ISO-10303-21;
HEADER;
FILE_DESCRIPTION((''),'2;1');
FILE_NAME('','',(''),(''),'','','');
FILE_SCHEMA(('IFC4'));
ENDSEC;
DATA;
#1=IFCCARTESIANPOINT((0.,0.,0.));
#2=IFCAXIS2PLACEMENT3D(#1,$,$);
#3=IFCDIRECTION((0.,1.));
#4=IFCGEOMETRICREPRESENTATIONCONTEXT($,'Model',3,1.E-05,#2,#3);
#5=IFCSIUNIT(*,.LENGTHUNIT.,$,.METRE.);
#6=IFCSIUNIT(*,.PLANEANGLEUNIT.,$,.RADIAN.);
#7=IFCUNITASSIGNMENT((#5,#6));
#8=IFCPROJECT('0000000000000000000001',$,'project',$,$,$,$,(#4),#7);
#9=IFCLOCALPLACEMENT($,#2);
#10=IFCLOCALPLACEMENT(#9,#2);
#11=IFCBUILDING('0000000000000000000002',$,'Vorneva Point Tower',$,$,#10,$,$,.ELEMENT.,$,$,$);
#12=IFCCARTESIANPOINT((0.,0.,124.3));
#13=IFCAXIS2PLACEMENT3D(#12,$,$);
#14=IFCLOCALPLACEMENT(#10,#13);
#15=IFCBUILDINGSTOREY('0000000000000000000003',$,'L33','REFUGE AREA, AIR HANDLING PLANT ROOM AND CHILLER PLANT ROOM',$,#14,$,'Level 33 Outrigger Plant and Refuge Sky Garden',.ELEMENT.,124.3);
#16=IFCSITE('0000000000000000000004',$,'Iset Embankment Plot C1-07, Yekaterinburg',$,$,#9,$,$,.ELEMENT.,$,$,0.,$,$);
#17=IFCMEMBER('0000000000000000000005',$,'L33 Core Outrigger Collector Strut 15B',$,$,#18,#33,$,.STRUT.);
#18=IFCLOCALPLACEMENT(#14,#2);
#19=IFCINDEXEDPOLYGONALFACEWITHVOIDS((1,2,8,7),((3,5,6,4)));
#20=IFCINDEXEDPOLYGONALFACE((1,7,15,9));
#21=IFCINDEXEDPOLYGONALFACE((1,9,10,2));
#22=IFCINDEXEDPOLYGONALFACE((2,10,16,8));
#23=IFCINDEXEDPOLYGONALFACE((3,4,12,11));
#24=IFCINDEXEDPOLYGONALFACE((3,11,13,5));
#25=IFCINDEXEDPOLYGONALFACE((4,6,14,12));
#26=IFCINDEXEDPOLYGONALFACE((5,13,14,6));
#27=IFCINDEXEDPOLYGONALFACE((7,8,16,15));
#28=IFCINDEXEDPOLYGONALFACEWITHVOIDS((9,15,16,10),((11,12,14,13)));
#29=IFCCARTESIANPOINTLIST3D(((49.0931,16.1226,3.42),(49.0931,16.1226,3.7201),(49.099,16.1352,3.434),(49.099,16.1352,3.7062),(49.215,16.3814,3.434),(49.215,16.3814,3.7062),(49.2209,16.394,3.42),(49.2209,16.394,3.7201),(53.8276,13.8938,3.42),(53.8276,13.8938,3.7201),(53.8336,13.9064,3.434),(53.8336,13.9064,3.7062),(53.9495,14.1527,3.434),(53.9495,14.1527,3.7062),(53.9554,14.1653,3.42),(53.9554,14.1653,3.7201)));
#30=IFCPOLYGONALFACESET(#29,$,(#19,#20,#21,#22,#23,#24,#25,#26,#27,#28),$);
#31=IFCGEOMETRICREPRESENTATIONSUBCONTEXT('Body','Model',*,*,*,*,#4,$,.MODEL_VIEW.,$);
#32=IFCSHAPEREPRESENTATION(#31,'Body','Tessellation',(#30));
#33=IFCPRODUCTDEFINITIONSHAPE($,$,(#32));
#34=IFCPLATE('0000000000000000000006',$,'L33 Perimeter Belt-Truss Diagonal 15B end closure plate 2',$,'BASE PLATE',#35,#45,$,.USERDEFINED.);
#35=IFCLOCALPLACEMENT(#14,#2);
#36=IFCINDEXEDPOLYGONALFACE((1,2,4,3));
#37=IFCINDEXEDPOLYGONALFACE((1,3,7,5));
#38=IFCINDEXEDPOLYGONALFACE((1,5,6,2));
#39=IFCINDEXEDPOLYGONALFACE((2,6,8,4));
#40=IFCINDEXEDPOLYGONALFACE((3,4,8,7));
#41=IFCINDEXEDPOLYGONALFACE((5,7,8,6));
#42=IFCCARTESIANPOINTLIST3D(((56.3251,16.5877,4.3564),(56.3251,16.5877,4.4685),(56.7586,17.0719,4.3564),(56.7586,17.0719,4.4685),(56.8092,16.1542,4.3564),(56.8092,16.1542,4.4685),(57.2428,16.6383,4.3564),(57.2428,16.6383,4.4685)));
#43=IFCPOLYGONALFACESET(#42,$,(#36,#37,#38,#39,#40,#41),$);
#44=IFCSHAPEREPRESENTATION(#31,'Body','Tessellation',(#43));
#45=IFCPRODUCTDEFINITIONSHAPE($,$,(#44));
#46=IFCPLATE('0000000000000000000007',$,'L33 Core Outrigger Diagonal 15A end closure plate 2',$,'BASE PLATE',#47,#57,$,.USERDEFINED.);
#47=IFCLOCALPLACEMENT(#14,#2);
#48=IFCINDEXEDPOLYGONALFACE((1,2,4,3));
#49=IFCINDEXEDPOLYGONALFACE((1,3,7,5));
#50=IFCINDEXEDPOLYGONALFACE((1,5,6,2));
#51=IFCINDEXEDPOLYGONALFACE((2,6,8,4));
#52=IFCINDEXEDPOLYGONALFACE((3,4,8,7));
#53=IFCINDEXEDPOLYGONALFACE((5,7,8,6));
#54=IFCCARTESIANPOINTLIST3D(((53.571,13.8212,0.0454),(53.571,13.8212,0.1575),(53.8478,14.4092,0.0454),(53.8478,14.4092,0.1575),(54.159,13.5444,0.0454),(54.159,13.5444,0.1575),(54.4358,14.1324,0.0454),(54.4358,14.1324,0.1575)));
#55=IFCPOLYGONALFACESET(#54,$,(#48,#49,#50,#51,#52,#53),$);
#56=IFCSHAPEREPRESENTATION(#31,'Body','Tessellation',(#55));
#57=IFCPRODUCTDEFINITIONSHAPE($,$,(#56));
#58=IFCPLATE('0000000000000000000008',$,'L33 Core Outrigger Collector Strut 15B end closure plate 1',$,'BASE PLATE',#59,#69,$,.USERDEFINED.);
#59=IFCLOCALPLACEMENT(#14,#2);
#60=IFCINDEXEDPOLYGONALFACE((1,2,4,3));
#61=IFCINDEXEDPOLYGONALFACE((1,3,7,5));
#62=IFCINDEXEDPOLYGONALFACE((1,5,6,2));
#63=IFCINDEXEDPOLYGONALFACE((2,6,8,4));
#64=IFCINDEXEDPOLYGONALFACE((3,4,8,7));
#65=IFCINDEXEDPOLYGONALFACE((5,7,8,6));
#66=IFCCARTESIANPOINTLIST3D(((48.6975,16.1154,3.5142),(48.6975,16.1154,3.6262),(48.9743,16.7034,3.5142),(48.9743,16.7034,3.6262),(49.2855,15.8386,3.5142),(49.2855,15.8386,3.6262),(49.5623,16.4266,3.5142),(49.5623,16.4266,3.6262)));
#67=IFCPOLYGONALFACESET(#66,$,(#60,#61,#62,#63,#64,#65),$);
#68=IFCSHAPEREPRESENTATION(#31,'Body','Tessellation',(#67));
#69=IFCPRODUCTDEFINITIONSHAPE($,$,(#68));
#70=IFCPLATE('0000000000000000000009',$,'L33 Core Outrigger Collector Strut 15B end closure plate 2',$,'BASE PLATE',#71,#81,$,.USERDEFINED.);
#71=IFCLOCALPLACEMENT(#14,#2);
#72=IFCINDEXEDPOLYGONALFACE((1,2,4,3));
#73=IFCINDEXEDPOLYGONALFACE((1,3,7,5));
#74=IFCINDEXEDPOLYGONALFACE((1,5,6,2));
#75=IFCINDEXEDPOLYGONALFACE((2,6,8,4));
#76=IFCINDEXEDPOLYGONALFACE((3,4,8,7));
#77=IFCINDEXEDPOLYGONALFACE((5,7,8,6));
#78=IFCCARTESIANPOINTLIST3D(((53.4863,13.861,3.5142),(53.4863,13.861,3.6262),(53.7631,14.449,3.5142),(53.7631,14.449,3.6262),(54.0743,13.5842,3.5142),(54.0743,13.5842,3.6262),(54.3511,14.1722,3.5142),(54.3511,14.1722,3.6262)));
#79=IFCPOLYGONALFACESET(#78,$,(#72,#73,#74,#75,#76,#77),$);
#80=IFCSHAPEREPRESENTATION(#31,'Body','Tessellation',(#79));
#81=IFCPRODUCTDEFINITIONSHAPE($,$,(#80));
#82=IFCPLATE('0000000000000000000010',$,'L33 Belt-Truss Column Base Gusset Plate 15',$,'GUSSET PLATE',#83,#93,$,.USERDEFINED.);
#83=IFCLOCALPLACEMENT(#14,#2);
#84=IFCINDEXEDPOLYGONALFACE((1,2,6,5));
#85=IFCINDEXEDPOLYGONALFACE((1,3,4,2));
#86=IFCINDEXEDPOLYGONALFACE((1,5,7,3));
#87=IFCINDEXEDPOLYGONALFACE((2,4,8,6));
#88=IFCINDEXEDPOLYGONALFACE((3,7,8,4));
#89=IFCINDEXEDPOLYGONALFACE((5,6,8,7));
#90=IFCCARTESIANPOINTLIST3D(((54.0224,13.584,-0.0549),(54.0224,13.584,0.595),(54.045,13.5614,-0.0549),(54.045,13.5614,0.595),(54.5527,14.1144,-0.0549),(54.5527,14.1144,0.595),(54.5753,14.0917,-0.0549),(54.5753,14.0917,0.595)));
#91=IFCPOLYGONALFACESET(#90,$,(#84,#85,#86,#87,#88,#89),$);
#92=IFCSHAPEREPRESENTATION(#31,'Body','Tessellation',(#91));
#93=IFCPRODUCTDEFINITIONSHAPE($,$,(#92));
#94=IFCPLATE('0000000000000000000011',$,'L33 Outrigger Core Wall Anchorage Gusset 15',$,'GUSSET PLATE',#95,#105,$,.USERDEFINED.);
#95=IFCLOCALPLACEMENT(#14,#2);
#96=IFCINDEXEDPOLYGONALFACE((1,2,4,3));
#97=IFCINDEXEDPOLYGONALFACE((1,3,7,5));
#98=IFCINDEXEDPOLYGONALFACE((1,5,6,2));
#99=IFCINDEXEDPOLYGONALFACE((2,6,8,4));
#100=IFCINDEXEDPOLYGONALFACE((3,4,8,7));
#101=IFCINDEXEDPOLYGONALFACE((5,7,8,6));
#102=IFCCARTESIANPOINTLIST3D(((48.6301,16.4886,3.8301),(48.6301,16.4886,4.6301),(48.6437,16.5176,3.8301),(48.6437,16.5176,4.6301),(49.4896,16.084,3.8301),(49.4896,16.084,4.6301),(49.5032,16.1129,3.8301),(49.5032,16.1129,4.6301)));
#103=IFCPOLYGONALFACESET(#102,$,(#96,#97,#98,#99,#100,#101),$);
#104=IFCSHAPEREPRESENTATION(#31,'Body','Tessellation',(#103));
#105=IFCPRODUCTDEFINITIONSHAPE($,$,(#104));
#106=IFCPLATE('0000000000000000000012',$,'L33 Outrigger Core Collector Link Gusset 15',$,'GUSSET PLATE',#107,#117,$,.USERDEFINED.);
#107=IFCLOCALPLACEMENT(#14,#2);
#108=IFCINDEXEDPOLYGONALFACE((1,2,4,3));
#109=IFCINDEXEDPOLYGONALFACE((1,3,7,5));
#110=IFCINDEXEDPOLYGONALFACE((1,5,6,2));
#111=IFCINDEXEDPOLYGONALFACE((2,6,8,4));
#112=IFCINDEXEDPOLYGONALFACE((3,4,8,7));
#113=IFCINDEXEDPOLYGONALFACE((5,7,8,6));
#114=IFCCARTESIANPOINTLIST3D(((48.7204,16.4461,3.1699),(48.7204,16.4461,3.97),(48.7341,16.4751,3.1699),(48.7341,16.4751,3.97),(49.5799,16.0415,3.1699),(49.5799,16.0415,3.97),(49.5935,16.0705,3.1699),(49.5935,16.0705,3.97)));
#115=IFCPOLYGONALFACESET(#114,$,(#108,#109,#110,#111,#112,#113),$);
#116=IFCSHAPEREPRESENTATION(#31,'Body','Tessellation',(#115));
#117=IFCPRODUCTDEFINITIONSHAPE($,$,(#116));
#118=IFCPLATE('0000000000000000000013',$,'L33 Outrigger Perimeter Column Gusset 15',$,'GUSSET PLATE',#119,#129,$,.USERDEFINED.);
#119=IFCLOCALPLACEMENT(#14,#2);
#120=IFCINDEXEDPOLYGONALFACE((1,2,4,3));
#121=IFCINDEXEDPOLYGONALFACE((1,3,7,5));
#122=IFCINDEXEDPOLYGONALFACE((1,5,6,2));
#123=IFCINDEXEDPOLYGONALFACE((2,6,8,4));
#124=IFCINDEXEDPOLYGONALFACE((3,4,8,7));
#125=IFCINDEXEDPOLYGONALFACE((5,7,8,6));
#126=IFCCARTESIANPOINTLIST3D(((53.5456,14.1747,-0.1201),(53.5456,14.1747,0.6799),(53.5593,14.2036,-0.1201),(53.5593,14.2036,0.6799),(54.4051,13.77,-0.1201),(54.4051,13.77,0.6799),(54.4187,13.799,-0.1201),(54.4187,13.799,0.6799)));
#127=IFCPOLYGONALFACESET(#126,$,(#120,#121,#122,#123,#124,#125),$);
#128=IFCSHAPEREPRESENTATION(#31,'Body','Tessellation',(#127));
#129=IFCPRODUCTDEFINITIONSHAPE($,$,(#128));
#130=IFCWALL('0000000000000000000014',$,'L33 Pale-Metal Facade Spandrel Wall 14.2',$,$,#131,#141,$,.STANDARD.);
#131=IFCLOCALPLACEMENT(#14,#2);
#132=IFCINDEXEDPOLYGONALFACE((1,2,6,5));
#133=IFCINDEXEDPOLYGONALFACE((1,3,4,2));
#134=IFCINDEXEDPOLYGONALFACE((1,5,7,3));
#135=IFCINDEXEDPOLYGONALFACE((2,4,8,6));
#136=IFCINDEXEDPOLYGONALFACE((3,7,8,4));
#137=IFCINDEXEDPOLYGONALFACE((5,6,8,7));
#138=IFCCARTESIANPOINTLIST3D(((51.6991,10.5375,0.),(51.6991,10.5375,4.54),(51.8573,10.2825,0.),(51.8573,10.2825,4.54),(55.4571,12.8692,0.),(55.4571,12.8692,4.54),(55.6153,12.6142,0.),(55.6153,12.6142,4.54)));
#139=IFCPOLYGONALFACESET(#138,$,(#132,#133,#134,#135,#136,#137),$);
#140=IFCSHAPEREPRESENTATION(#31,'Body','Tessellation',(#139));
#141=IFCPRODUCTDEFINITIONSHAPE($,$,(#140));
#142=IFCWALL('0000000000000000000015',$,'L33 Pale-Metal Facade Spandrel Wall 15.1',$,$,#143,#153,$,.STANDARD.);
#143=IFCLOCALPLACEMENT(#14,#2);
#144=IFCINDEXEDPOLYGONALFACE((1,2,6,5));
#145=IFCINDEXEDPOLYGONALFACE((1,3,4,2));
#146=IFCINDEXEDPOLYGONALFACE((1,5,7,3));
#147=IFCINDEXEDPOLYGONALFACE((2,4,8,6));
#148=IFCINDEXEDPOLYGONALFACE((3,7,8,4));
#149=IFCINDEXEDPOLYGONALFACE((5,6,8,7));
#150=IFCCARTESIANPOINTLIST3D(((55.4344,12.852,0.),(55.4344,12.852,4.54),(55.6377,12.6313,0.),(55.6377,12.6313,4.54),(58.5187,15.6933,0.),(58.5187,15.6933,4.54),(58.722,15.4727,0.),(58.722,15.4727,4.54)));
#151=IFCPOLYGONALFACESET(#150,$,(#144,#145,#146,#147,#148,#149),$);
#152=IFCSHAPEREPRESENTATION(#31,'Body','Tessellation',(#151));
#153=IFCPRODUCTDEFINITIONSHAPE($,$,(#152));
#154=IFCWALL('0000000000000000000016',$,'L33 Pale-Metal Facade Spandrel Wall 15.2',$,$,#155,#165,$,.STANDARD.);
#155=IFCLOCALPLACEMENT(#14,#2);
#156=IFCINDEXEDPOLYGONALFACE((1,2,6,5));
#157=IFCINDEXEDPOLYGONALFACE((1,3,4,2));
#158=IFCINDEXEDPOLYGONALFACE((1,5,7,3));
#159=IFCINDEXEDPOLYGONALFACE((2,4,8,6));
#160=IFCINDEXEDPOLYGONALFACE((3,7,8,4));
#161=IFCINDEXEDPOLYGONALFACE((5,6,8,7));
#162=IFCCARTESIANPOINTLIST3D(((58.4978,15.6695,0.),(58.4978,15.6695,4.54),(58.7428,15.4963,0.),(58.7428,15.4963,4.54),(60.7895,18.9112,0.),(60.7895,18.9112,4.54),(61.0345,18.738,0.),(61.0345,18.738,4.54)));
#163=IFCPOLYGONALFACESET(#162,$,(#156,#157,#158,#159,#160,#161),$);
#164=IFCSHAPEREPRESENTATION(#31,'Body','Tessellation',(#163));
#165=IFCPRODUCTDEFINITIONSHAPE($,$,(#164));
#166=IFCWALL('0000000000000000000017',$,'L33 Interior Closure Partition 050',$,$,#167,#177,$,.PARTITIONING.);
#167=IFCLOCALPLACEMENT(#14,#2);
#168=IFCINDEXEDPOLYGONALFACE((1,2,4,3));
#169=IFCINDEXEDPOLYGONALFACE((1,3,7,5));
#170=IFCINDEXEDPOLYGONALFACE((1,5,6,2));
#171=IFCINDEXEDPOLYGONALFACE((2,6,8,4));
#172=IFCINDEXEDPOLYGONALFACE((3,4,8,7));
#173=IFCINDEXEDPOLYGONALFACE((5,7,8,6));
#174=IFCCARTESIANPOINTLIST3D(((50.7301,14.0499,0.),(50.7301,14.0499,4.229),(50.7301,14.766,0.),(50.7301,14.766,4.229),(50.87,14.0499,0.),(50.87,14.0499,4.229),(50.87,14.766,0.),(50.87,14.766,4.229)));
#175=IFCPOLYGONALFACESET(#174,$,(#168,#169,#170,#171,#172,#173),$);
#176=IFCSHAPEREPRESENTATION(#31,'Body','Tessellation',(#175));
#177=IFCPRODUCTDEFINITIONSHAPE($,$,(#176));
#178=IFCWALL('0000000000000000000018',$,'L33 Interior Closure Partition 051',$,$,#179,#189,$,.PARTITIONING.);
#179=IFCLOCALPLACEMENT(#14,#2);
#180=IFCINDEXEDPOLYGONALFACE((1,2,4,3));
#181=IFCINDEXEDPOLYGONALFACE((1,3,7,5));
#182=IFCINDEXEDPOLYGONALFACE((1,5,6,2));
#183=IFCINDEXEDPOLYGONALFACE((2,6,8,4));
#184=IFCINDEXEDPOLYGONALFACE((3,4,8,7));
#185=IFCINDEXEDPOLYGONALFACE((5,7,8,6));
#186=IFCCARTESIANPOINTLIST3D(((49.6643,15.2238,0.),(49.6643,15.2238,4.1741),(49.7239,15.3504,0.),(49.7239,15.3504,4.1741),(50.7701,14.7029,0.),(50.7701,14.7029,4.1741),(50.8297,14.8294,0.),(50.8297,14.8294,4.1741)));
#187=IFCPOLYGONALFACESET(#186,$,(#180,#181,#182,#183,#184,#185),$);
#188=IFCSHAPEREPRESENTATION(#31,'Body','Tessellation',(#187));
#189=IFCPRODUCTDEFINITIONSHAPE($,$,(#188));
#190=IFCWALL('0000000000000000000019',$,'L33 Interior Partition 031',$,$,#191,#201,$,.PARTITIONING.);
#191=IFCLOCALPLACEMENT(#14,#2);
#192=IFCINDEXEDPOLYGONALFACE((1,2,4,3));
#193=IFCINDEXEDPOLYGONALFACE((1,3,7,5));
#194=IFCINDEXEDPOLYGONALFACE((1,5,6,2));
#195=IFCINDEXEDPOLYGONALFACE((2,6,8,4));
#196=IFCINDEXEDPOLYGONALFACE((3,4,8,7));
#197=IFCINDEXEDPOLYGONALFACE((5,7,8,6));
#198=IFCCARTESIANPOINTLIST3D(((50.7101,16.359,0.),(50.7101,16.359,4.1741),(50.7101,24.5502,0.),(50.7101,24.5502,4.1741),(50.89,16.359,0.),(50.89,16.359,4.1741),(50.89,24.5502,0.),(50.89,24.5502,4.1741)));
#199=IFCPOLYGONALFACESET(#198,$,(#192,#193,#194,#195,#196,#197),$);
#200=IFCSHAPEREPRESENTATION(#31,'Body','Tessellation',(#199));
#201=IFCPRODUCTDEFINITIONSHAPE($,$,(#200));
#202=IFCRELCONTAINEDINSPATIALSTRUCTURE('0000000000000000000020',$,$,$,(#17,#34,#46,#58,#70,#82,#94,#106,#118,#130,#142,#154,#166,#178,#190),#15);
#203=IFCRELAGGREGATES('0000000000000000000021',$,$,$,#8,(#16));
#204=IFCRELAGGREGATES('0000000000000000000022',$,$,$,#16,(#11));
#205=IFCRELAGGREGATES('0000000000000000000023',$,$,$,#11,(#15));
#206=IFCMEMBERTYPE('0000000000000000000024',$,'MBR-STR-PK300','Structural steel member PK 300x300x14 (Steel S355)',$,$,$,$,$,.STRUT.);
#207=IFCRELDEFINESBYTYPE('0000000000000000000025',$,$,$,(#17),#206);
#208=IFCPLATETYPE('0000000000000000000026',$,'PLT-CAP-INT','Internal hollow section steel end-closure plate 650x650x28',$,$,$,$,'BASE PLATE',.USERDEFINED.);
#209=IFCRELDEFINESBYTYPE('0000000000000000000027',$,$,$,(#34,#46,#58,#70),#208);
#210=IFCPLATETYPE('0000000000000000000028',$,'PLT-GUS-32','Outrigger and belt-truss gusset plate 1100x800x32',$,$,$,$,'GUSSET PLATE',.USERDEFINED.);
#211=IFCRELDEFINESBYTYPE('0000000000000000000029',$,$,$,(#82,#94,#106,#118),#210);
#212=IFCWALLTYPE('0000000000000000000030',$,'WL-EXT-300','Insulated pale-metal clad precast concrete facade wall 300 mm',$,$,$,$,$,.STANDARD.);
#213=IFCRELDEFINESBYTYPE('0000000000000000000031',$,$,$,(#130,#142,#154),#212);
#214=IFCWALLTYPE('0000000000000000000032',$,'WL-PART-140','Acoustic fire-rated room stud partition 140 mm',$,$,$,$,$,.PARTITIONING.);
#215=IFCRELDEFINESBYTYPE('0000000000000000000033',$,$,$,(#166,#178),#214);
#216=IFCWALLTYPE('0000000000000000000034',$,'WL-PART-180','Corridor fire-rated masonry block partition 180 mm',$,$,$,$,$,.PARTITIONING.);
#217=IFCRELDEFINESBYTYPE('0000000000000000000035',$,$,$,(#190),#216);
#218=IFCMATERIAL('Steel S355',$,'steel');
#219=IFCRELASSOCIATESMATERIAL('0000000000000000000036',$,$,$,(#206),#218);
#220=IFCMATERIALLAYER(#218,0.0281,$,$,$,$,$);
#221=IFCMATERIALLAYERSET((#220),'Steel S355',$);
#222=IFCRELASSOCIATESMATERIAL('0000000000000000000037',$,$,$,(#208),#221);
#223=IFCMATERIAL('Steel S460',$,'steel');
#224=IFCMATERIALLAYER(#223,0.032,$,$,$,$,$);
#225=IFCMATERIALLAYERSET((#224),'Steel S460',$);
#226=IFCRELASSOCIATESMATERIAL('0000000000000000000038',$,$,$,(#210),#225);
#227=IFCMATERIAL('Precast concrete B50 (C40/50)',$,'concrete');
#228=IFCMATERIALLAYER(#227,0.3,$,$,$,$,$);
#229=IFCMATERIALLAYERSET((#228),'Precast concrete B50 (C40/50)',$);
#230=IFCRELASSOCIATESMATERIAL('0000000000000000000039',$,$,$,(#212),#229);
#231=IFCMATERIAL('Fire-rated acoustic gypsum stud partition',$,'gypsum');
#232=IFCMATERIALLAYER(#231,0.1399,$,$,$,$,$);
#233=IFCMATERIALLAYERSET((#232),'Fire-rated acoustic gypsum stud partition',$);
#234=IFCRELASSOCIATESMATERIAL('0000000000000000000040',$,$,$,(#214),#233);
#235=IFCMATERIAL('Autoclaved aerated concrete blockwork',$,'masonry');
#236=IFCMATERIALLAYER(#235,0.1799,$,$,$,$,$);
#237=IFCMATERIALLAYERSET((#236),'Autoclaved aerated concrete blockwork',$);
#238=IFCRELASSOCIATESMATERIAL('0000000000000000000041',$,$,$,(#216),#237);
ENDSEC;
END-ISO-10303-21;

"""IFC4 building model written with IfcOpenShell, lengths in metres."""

from ifc_helpers import new_model, si_unit, direction, frame, frame_2d, origin, origin_2d, place, context, subcontext, project, spatial, rectangle, hollow_rectangle, extrude, material, layer, layer_set, material_profile, profile_set, type_object, element, save


model = new_model("IFC4")

# Units and contexts
model_context = context("Model", 3, precision=1e-05, world=origin(), true_north=direction((0.0, 1.0)))
body_context = subcontext(model_context, "Body", "Model", "MODEL_VIEW")
ifc_project = project(units=[si_unit("LENGTHUNIT", "METRE"), si_unit("PLANEANGLEUNIT", "RADIAN")], contexts=[model_context])

# Site, building, storey
site_placement = place(None, origin())
site = spatial("IfcSite", under=ifc_project, at=site_placement, Name="Iset Embankment Plot C1-07, Yekaterinburg", CompositionType="ELEMENT", RefElevation=0.0)
building_placement = place(site_placement, origin())
building = spatial("IfcBuilding", under=site, at=building_placement, Name="Vorneva Point Tower", CompositionType="ELEMENT")
storey_placement = place(building_placement, frame((0.0, 0.0, 124.3)))
storey = spatial("IfcBuildingStorey", under=building, at=storey_placement, Name="L33", Description="REFUGE AREA, AIR HANDLING PLANT ROOM AND CHILLER PLANT ROOM", LongName="Level 33 Outrigger Plant and Refuge Sky Garden", CompositionType="ELEMENT", Elevation=124.3)

# Shared definitions
ifc_material_1 = material(Name="Steel S460", Category="steel")
ifc_material_2 = material(Name="Steel S355", Category="steel")

# Member
ifc_material_profile_1 = material_profile(ifc_material_2, hollow_rectangle(XDim=0.3, YDim=0.3, WallThickness=0.0139, at=origin_2d()), Name="PK 300x300x14")
ifc_profile_set_1 = profile_set([ifc_material_profile_1], Name="Steel S355")
member_type_1 = type_object("IfcMemberType", Name="MBR-STR-PK300", Description="Structural steel member PK 300x300x14 (Steel S355)", PredefinedType="STRUT", material=ifc_profile_set_1)
member_1_placement = place(storey_placement, frame((49.157, 16.2583, 3.5701), z_axis=(0.904767, -0.425907, 0.0), x_axis=(0.425907, 0.904767, 0.0)))
element("IfcMember", 1, at=member_1_placement, inside=storey, type_object=member_type_1, Name="L33 Core Outrigger Collector Strut 15B", PredefinedType="STRUT", context=body_context, shape_type="SweptSolid", body=[
    extrude(hollow_rectangle(XDim=0.3, YDim=0.3, WallThickness=0.0139, at=origin_2d()), origin(), (0.0, 0.0, 1.0), 5.2329),
])

# Plates
ifc_layer_1 = layer(ifc_material_2, 0.0281)
ifc_layer_set_1 = layer_set([ifc_layer_1], Name="Steel S355")
plate_type_1 = type_object("IfcPlateType", Name="PLT-CAP-INT", Description="Internal hollow section steel end-closure plate 650x650x28", ElementType="BASE PLATE", PredefinedType="USERDEFINED", material=ifc_layer_set_1)
for number, where, z_axis, x_axis, name in (
    (2, (56.7839, 16.613, 4.3564), (0.0, 0.0, 1.0), (-0.667092, -0.744976, 0.0), "L33 Perimeter Belt-Truss Diagonal 15B end closure plate 2"),
    (3, (54.0034, 13.9768, 0.0454), (0.0, 0.0, 1.0), (0.90476, -0.425921, 0.0), "L33 Core Outrigger Diagonal 15A end closure plate 2"),
    (4, (49.1299, 16.271, 3.5142), (0.0, 0.0, 1.0), (0.90476, -0.425921, 0.0), "L33 Core Outrigger Collector Strut 15B end closure plate 1"),
    (5, (53.9187, 14.0166, 3.5142), (0.0, 0.0, 1.0), (0.90476, -0.425921, 0.0), "L33 Core Outrigger Collector Strut 15B end closure plate 2"),
):
    element("IfcPlate", number, at=place(storey_placement, frame(where, z_axis=z_axis, x_axis=x_axis)), inside=storey, type_object=plate_type_1, Name=name, ObjectType="BASE PLATE", PredefinedType="USERDEFINED", context=body_context, shape_type="SweptSolid", body=[
        extrude(rectangle(XDim=0.6499, YDim=0.6499, at=origin_2d()), origin(), (0.0, 0.0, 1.0), 0.1121),
    ])
ifc_layer_2 = layer(ifc_material_1, 0.032)
ifc_layer_set_2 = layer_set([ifc_layer_2], Name="Steel S460")
plate_type_2 = type_object("IfcPlateType", Name="PLT-GUS-32", Description="Outrigger and belt-truss gusset plate 1100x800x32", ElementType="GUSSET PLATE", PredefinedType="USERDEFINED", material=ifc_layer_set_2)
plate_placement = place(storey_placement, frame((54.2988, 13.8379, -0.0549), z_axis=(0.0, 0.0, 1.0), x_axis=(0.707107, 0.707107, 0.0)))
element("IfcPlate", 6, at=plate_placement, inside=storey, type_object=plate_type_2, Name="L33 Belt-Truss Column Base Gusset Plate 15", ObjectType="GUSSET PLATE", PredefinedType="USERDEFINED", context=body_context, shape_type="SweptSolid", body=[
    extrude(rectangle(XDim=0.75, YDim=0.032, at=origin_2d()), origin(), (0.0, 0.0, 1.0), 0.6499),
])
for number, where, z_axis, x_axis, name in (
    (7, (49.0667, 16.3008, 3.8301), (0.0, 0.0, 1.0), (0.904753, -0.425937, 0.0), "L33 Outrigger Core Wall Anchorage Gusset 15"),
    (8, (49.157, 16.2583, 3.1699), (0.0, 0.0, 1.0), (0.904753, -0.425937, 0.0), "L33 Outrigger Core Collector Link Gusset 15"),
    (9, (53.9822, 13.9868, -0.1201), (0.0, 0.0, 1.0), (0.904753, -0.425937, 0.0), "L33 Outrigger Perimeter Column Gusset 15"),
):
    element("IfcPlate", number, at=place(storey_placement, frame(where, z_axis=z_axis, x_axis=x_axis)), inside=storey, type_object=plate_type_2, Name=name, ObjectType="GUSSET PLATE", PredefinedType="USERDEFINED", context=body_context, shape_type="SweptSolid", body=[
        extrude(rectangle(XDim=0.95, YDim=0.032, at=origin_2d()), origin(), (0.0, 0.0, 1.0), 0.8),
    ])

# Walls
ifc_material_3 = material(Name="Precast concrete B50 (C40/50)", Category="concrete")
ifc_layer_3 = layer(ifc_material_3, 0.3)
ifc_layer_set_3 = layer_set([ifc_layer_3], Name="Precast concrete B50 (C40/50)")
wall_type_1 = type_object("IfcWallType", Name="WL-EXT-300", Description="Insulated pale-metal clad precast concrete facade wall 300 mm", PredefinedType="STANDARD", material=ifc_layer_set_3)
wall_1_placement = place(storey_placement, frame((51.7781, 10.4099, 0.0), z_axis=(0.0, 0.0, 1.0), x_axis=(0.849721, 0.527232, 0.0)))
element("IfcWall", 10, at=wall_1_placement, inside=storey, type_object=wall_type_1, Name="L33 Pale-Metal Facade Spandrel Wall 14.2", PredefinedType="STANDARD", context=body_context, shape_type="SweptSolid", body=[
    extrude(rectangle(XDim=4.4226, YDim=0.3, at=frame_2d((2.2114, 0.0))), origin(), (0.0, 0.0, 1.0), 4.54),
])
wall_2_placement = place(storey_placement, frame((55.5361, 12.7417, 0.0), z_axis=(0.0, 0.0, 1.0), x_axis=(0.735477, 0.67755, 0.0)))
element("IfcWall", 11, at=wall_2_placement, inside=storey, type_object=wall_type_1, Name="L33 Pale-Metal Facade Spandrel Wall 15.1", PredefinedType="STANDARD", context=body_context, shape_type="SweptSolid", body=[
    extrude(rectangle(XDim=4.1936, YDim=0.3, at=frame_2d((2.0967, 0.0))), origin(), (0.0, 0.0, 1.0), 4.54),
])
wall_3_placement = place(storey_placement, frame((58.6204, 15.583, 0.0), z_axis=(0.0, 0.0, 1.0), x_axis=(0.57727, 0.816554, 0.0)))
element("IfcWall", 12, at=wall_3_placement, inside=storey, type_object=wall_type_1, Name="L33 Pale-Metal Facade Spandrel Wall 15.2", PredefinedType="STANDARD", context=body_context, shape_type="SweptSolid", body=[
    extrude(rectangle(XDim=3.97, YDim=0.3, at=frame_2d((1.9849, 0.0))), origin(), (0.0, 0.0, 1.0), 4.54),
])
ifc_material_4 = material(Name="Fire-rated acoustic gypsum stud partition", Category="gypsum")
ifc_layer_4 = layer(ifc_material_4, 0.1399)
ifc_layer_set_4 = layer_set([ifc_layer_4], Name="Fire-rated acoustic gypsum stud partition")
wall_type_2 = type_object("IfcWallType", Name="WL-PART-140", Description="Acoustic fire-rated room stud partition 140 mm", PredefinedType="PARTITIONING", material=ifc_layer_set_4)
wall_4_placement = place(storey_placement, frame((50.8, 14.05, 0.0), z_axis=(0.0, 0.0, 1.0), x_axis=(0.0, 1.0, 0.0)))
element("IfcWall", 13, at=wall_4_placement, inside=storey, type_object=wall_type_2, Name="L33 Interior Closure Partition 050", PredefinedType="PARTITIONING", context=body_context, shape_type="SweptSolid", body=[
    extrude(rectangle(XDim=0.7161, YDim=0.1399, at=frame_2d((0.3579, 0.0))), origin(), (0.0, 0.0, 1.0), 4.229),
])
wall_5_placement = place(storey_placement, frame((50.8, 14.7661, 0.0), z_axis=(0.0, 0.0, 1.0), x_axis=(-0.904647, 0.426162, 0.0)))
element("IfcWall", 14, at=wall_5_placement, inside=storey, type_object=wall_type_2, Name="L33 Interior Closure Partition 051", PredefinedType="PARTITIONING", context=body_context, shape_type="SweptSolid", body=[
    extrude(rectangle(XDim=1.2224, YDim=0.1399, at=frame_2d((0.6113, 0.0))), origin(), (0.0, 0.0, 1.0), 4.1741),
])
ifc_material_5 = material(Name="Autoclaved aerated concrete blockwork", Category="masonry")
ifc_layer_5 = layer(ifc_material_5, 0.1799)
ifc_layer_set_5 = layer_set([ifc_layer_5], Name="Autoclaved aerated concrete blockwork")
wall_type_3 = type_object("IfcWallType", Name="WL-PART-180", Description="Corridor fire-rated masonry block partition 180 mm", PredefinedType="PARTITIONING", material=ifc_layer_set_5)
wall_6_placement = place(storey_placement, frame((50.8, 16.3589, 0.0), z_axis=(0.0, 0.0, 1.0), x_axis=(0.0, 1.0, 0.0)))
element("IfcWall", 15, at=wall_6_placement, inside=storey, type_object=wall_type_3, Name="L33 Interior Partition 031", PredefinedType="PARTITIONING", context=body_context, shape_type="SweptSolid", body=[
    extrude(rectangle(XDim=8.1912, YDim=0.1799, at=frame_2d((4.0957, 0.0))), origin(), (0.0, 0.0, 1.0), 4.1741),
])

save(model, "model.ifc")
